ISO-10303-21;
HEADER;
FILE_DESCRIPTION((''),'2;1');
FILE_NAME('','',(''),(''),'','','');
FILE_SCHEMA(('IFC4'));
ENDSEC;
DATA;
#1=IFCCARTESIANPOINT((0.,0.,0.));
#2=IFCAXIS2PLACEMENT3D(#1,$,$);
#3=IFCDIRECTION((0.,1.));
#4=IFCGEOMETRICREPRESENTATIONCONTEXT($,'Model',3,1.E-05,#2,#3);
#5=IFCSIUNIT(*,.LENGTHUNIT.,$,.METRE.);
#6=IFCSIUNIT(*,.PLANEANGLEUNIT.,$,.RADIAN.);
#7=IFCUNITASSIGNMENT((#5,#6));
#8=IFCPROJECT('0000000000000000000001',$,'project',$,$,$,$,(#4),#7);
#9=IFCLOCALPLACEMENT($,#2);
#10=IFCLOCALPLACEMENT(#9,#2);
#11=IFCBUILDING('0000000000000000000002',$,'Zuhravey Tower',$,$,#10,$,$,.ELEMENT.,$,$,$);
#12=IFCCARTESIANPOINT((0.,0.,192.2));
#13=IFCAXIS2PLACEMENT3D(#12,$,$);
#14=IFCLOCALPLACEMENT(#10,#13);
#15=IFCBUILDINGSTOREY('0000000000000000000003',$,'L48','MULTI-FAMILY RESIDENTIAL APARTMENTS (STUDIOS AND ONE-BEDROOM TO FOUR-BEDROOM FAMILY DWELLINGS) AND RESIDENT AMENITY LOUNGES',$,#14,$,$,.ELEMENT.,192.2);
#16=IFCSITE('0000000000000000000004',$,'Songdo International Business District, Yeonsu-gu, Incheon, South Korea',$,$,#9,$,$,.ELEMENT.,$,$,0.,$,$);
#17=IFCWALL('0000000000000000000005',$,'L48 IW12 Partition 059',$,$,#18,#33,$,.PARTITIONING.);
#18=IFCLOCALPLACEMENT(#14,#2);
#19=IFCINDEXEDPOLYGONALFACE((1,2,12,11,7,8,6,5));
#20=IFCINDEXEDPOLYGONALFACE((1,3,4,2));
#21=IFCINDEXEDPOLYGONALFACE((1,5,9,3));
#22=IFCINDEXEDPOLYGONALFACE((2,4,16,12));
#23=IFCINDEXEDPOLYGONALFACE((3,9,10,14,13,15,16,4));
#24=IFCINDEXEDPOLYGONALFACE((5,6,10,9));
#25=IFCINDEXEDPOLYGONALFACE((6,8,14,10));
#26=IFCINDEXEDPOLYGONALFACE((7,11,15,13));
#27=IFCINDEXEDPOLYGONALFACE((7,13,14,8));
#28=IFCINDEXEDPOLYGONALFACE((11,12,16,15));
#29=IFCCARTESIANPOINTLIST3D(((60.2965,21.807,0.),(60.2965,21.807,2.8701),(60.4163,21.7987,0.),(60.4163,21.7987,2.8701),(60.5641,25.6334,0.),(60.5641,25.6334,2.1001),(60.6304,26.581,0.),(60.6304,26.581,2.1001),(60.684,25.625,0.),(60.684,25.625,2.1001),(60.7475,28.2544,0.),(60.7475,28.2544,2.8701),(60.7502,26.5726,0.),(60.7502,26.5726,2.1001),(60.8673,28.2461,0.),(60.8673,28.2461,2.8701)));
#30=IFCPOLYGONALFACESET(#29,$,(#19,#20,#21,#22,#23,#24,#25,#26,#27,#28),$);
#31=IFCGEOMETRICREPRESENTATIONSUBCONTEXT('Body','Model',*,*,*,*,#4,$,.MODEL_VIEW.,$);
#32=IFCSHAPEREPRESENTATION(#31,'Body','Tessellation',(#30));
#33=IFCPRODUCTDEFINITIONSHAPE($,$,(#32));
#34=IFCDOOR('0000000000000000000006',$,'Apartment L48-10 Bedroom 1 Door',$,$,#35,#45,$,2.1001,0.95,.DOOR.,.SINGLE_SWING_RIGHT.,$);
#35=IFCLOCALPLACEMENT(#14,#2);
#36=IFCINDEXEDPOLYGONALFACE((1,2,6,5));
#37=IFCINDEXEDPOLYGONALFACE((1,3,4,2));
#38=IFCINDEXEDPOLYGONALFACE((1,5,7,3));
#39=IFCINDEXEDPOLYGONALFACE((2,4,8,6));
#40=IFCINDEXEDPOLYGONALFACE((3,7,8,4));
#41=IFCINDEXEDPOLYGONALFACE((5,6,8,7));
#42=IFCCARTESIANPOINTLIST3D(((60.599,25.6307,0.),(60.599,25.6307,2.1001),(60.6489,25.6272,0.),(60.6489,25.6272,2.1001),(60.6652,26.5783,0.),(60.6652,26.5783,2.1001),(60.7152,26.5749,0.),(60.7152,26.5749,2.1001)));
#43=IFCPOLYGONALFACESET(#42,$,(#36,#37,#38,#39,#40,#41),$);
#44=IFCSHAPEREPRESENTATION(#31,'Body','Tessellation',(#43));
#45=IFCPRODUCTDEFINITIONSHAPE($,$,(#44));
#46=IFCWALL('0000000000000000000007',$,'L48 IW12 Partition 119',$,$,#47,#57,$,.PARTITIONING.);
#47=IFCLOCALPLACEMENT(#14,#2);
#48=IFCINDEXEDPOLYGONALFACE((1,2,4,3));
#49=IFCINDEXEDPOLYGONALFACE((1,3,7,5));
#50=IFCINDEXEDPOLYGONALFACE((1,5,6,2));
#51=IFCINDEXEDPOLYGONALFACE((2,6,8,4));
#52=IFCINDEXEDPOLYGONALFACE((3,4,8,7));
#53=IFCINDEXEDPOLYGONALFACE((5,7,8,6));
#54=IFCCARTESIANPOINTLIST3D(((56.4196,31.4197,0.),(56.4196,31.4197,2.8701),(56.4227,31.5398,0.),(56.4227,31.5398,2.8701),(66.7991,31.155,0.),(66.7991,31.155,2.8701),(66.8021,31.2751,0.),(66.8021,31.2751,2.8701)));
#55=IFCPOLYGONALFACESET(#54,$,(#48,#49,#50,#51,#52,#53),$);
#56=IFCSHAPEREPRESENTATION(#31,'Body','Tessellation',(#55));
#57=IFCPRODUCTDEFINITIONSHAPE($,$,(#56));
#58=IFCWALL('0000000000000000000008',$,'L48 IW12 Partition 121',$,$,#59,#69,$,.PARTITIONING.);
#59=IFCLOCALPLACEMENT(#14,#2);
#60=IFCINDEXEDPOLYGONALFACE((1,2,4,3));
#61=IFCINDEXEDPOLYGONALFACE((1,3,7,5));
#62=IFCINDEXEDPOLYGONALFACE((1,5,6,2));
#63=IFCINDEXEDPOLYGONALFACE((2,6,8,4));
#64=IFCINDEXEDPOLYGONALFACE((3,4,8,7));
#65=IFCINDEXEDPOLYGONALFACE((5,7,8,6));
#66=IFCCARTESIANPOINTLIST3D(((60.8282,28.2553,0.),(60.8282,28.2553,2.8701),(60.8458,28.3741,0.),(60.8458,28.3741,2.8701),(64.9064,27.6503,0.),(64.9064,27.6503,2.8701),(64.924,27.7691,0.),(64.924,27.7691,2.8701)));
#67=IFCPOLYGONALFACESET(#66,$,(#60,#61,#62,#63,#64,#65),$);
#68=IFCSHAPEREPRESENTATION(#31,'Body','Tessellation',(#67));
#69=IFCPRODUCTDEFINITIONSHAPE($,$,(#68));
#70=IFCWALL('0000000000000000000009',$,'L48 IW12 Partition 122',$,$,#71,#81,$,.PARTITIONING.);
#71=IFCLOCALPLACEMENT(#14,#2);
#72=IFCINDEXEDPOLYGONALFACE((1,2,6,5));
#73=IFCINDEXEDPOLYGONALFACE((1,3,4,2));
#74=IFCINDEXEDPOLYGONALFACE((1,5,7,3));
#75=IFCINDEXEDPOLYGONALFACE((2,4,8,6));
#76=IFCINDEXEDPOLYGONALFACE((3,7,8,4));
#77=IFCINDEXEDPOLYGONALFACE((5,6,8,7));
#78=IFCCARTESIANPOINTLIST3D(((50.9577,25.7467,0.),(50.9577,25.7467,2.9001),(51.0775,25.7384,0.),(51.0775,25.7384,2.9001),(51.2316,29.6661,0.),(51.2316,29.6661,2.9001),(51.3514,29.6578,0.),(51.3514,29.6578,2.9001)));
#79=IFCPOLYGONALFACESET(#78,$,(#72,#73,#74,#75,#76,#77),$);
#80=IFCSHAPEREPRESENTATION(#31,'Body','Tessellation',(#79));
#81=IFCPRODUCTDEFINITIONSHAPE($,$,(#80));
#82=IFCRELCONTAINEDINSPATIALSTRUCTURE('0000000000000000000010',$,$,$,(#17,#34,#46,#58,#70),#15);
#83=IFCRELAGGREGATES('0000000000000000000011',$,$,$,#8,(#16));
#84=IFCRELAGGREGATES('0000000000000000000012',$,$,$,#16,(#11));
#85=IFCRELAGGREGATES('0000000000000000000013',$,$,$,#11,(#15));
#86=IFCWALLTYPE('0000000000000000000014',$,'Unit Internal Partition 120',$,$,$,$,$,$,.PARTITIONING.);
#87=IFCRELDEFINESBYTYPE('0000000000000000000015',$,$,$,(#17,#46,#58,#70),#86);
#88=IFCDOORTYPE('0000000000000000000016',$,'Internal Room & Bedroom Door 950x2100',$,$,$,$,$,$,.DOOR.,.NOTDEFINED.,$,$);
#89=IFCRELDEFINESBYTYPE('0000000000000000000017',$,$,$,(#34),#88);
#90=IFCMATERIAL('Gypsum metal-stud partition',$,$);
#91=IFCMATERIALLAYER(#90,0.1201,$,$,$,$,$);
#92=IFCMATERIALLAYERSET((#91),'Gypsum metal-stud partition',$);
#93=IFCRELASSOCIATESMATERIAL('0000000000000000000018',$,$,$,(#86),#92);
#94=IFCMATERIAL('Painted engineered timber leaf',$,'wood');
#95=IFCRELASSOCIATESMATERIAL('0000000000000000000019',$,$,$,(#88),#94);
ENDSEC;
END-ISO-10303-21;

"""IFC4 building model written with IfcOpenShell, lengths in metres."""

from ifc_helpers import new_model, si_unit, direction, frame, frame_2d, origin, place, context, subcontext, project, spatial, rectangle, extrude, material, layer, layer_set, type_object, element, fill, save


model = new_model("IFC4")

# Units and contexts
model_context = context("Model", 3, precision=1e-05, world=origin(), true_north=direction((0.0, 1.0)))
body_context = subcontext(model_context, "Body", "Model", "MODEL_VIEW")
ifc_project = project(units=[si_unit("LENGTHUNIT", "METRE"), si_unit("PLANEANGLEUNIT", "RADIAN")], contexts=[model_context])

# Site, building, storey
site_placement = place(None, origin())
site = spatial("IfcSite", under=ifc_project, at=site_placement, Name="Songdo International Business District, Yeonsu-gu, Incheon, South Korea", CompositionType="ELEMENT", RefElevation=0.0)
building_placement = place(site_placement, origin())
building = spatial("IfcBuilding", under=site, at=building_placement, Name="Zuhravey Tower", CompositionType="ELEMENT")
storey_placement = place(building_placement, frame((0.0, 0.0, 192.2)))
storey = spatial("IfcBuildingStorey", under=building, at=storey_placement, Name="L48", Description="MULTI-FAMILY RESIDENTIAL APARTMENTS (STUDIOS AND ONE-BEDROOM TO FOUR-BEDROOM FAMILY DWELLINGS) AND RESIDENT AMENITY LOUNGES", CompositionType="ELEMENT", Elevation=192.2)

# Shared definitions
ifc_material_1 = material(Name="Gypsum metal-stud partition")
ifc_layer_1 = layer(ifc_material_1, 0.1201)
ifc_layer_set_1 = layer_set([ifc_layer_1], Name="Gypsum metal-stud partition")
wall_type_1 = type_object("IfcWallType", Name="Unit Internal Partition 120", PredefinedType="PARTITIONING", material=ifc_layer_set_1)
ifc_material_2 = material(Name="Painted engineered timber leaf", Category="wood")
door_type = type_object("IfcDoorType", Name="Internal Room & Bedroom Door 950x2100", OperationType="NOTDEFINED", PredefinedType="DOOR", material=ifc_material_2)

# Wall, opening, door
wall_1_placement = place(storey_placement, frame((60.3564, 21.803, 0.0), z_axis=(0.0, 0.0, 1.0), x_axis=(0.06977, 0.997563, 0.0)))
wall_1 = element("IfcWall", 1, at=wall_1_placement, inside=storey, type_object=wall_type_1, Name="L48 IW12 Partition 059", PredefinedType="PARTITIONING", context=body_context, shape_type="SweptSolid", body=[
    extrude(rectangle(XDim=6.4631, YDim=0.1201, at=frame_2d((3.2314, 0.0))), origin(), (0.0, 0.0, 1.0), 2.8701),
])
opening_1_placement = place(wall_1_placement, frame((3.8354, 0.0, 0.0)))
opening_1 = element("IfcOpeningElement", 2, at=opening_1_placement, cuts=wall_1, PredefinedType="OPENING", context=body_context, shape_type="SweptSolid", body=[
    extrude(rectangle(XDim=0.95, YDim=2.1001, at=frame_2d((0.4751, 1.05))), frame((0.0, 0.072, 0.0), z_axis=(0.0, -1.0, 0.0), x_axis=(1.0, 0.0, 0.0)), (0.0, 0.0, 1.0), 0.144),
])
door_1_placement = place(opening_1_placement, frame((0.95, 0.0, 0.0), z_axis=(0.0, 0.0, 1.0), x_axis=(-1.0, 0.0, 0.0)))
door_1 = element("IfcDoor", 3, at=door_1_placement, inside=storey, type_object=door_type, Name="Apartment L48-10 Bedroom 1 Door", OperationType="SINGLE_SWING_RIGHT", OverallHeight=2.1001, OverallWidth=0.95, PredefinedType="DOOR", context=body_context, shape_type="SweptSolid", body=[
    extrude(rectangle(XDim=0.95, YDim=2.1001, at=frame_2d((0.4751, 1.05))), frame((0.0, 0.0249, 0.0), z_axis=(0.0, -1.0, 0.0), x_axis=(1.0, 0.0, 0.0)), (0.0, 0.0, 1.0), 0.05),
])
fill(opening_1, door_1)

# Walls
wall_2_placement = place(storey_placement, frame((56.4211, 31.4797, 0.0), z_axis=(0.0, 0.0, 1.0), x_axis=(0.999675, -0.025489, 0.0)))
element("IfcWall", 4, at=wall_2_placement, inside=storey, type_object=wall_type_1, Name="L48 IW12 Partition 119", PredefinedType="PARTITIONING", context=body_context, shape_type="SweptSolid", body=[
    extrude(rectangle(XDim=10.3828, YDim=0.1201, at=frame_2d((5.1914, 0.0))), origin(), (0.0, 0.0, 1.0), 2.8701),
])
wall_3_placement = place(storey_placement, frame((60.8369, 28.3147, 0.0), z_axis=(0.0, 0.0, 1.0), x_axis=(0.989175, -0.146742, 0.0)))
element("IfcWall", 5, at=wall_3_placement, inside=storey, type_object=wall_type_1, Name="L48 IW12 Partition 121", PredefinedType="PARTITIONING", context=body_context, shape_type="SweptSolid", body=[
    extrude(rectangle(XDim=4.1228, YDim=0.1201, at=frame_2d((2.0615, 0.0))), origin(), (0.0, 0.0, 1.0), 2.8701),
])
wall_4_placement = place(storey_placement, frame((51.0176, 25.7427, 0.0), z_axis=(0.0, 0.0, 1.0), x_axis=(0.069719, 0.997567, 0.0)))
element("IfcWall", 6, at=wall_4_placement, inside=storey, type_object=wall_type_1, Name="L48 IW12 Partition 122", PredefinedType="PARTITIONING", context=body_context, shape_type="SweptSolid", body=[
    extrude(rectangle(XDim=3.929, YDim=0.1201, at=frame_2d((1.9644, 0.0))), origin(), (0.0, 0.0, 1.0), 2.9001),
])

save(model, "model.ifc")
